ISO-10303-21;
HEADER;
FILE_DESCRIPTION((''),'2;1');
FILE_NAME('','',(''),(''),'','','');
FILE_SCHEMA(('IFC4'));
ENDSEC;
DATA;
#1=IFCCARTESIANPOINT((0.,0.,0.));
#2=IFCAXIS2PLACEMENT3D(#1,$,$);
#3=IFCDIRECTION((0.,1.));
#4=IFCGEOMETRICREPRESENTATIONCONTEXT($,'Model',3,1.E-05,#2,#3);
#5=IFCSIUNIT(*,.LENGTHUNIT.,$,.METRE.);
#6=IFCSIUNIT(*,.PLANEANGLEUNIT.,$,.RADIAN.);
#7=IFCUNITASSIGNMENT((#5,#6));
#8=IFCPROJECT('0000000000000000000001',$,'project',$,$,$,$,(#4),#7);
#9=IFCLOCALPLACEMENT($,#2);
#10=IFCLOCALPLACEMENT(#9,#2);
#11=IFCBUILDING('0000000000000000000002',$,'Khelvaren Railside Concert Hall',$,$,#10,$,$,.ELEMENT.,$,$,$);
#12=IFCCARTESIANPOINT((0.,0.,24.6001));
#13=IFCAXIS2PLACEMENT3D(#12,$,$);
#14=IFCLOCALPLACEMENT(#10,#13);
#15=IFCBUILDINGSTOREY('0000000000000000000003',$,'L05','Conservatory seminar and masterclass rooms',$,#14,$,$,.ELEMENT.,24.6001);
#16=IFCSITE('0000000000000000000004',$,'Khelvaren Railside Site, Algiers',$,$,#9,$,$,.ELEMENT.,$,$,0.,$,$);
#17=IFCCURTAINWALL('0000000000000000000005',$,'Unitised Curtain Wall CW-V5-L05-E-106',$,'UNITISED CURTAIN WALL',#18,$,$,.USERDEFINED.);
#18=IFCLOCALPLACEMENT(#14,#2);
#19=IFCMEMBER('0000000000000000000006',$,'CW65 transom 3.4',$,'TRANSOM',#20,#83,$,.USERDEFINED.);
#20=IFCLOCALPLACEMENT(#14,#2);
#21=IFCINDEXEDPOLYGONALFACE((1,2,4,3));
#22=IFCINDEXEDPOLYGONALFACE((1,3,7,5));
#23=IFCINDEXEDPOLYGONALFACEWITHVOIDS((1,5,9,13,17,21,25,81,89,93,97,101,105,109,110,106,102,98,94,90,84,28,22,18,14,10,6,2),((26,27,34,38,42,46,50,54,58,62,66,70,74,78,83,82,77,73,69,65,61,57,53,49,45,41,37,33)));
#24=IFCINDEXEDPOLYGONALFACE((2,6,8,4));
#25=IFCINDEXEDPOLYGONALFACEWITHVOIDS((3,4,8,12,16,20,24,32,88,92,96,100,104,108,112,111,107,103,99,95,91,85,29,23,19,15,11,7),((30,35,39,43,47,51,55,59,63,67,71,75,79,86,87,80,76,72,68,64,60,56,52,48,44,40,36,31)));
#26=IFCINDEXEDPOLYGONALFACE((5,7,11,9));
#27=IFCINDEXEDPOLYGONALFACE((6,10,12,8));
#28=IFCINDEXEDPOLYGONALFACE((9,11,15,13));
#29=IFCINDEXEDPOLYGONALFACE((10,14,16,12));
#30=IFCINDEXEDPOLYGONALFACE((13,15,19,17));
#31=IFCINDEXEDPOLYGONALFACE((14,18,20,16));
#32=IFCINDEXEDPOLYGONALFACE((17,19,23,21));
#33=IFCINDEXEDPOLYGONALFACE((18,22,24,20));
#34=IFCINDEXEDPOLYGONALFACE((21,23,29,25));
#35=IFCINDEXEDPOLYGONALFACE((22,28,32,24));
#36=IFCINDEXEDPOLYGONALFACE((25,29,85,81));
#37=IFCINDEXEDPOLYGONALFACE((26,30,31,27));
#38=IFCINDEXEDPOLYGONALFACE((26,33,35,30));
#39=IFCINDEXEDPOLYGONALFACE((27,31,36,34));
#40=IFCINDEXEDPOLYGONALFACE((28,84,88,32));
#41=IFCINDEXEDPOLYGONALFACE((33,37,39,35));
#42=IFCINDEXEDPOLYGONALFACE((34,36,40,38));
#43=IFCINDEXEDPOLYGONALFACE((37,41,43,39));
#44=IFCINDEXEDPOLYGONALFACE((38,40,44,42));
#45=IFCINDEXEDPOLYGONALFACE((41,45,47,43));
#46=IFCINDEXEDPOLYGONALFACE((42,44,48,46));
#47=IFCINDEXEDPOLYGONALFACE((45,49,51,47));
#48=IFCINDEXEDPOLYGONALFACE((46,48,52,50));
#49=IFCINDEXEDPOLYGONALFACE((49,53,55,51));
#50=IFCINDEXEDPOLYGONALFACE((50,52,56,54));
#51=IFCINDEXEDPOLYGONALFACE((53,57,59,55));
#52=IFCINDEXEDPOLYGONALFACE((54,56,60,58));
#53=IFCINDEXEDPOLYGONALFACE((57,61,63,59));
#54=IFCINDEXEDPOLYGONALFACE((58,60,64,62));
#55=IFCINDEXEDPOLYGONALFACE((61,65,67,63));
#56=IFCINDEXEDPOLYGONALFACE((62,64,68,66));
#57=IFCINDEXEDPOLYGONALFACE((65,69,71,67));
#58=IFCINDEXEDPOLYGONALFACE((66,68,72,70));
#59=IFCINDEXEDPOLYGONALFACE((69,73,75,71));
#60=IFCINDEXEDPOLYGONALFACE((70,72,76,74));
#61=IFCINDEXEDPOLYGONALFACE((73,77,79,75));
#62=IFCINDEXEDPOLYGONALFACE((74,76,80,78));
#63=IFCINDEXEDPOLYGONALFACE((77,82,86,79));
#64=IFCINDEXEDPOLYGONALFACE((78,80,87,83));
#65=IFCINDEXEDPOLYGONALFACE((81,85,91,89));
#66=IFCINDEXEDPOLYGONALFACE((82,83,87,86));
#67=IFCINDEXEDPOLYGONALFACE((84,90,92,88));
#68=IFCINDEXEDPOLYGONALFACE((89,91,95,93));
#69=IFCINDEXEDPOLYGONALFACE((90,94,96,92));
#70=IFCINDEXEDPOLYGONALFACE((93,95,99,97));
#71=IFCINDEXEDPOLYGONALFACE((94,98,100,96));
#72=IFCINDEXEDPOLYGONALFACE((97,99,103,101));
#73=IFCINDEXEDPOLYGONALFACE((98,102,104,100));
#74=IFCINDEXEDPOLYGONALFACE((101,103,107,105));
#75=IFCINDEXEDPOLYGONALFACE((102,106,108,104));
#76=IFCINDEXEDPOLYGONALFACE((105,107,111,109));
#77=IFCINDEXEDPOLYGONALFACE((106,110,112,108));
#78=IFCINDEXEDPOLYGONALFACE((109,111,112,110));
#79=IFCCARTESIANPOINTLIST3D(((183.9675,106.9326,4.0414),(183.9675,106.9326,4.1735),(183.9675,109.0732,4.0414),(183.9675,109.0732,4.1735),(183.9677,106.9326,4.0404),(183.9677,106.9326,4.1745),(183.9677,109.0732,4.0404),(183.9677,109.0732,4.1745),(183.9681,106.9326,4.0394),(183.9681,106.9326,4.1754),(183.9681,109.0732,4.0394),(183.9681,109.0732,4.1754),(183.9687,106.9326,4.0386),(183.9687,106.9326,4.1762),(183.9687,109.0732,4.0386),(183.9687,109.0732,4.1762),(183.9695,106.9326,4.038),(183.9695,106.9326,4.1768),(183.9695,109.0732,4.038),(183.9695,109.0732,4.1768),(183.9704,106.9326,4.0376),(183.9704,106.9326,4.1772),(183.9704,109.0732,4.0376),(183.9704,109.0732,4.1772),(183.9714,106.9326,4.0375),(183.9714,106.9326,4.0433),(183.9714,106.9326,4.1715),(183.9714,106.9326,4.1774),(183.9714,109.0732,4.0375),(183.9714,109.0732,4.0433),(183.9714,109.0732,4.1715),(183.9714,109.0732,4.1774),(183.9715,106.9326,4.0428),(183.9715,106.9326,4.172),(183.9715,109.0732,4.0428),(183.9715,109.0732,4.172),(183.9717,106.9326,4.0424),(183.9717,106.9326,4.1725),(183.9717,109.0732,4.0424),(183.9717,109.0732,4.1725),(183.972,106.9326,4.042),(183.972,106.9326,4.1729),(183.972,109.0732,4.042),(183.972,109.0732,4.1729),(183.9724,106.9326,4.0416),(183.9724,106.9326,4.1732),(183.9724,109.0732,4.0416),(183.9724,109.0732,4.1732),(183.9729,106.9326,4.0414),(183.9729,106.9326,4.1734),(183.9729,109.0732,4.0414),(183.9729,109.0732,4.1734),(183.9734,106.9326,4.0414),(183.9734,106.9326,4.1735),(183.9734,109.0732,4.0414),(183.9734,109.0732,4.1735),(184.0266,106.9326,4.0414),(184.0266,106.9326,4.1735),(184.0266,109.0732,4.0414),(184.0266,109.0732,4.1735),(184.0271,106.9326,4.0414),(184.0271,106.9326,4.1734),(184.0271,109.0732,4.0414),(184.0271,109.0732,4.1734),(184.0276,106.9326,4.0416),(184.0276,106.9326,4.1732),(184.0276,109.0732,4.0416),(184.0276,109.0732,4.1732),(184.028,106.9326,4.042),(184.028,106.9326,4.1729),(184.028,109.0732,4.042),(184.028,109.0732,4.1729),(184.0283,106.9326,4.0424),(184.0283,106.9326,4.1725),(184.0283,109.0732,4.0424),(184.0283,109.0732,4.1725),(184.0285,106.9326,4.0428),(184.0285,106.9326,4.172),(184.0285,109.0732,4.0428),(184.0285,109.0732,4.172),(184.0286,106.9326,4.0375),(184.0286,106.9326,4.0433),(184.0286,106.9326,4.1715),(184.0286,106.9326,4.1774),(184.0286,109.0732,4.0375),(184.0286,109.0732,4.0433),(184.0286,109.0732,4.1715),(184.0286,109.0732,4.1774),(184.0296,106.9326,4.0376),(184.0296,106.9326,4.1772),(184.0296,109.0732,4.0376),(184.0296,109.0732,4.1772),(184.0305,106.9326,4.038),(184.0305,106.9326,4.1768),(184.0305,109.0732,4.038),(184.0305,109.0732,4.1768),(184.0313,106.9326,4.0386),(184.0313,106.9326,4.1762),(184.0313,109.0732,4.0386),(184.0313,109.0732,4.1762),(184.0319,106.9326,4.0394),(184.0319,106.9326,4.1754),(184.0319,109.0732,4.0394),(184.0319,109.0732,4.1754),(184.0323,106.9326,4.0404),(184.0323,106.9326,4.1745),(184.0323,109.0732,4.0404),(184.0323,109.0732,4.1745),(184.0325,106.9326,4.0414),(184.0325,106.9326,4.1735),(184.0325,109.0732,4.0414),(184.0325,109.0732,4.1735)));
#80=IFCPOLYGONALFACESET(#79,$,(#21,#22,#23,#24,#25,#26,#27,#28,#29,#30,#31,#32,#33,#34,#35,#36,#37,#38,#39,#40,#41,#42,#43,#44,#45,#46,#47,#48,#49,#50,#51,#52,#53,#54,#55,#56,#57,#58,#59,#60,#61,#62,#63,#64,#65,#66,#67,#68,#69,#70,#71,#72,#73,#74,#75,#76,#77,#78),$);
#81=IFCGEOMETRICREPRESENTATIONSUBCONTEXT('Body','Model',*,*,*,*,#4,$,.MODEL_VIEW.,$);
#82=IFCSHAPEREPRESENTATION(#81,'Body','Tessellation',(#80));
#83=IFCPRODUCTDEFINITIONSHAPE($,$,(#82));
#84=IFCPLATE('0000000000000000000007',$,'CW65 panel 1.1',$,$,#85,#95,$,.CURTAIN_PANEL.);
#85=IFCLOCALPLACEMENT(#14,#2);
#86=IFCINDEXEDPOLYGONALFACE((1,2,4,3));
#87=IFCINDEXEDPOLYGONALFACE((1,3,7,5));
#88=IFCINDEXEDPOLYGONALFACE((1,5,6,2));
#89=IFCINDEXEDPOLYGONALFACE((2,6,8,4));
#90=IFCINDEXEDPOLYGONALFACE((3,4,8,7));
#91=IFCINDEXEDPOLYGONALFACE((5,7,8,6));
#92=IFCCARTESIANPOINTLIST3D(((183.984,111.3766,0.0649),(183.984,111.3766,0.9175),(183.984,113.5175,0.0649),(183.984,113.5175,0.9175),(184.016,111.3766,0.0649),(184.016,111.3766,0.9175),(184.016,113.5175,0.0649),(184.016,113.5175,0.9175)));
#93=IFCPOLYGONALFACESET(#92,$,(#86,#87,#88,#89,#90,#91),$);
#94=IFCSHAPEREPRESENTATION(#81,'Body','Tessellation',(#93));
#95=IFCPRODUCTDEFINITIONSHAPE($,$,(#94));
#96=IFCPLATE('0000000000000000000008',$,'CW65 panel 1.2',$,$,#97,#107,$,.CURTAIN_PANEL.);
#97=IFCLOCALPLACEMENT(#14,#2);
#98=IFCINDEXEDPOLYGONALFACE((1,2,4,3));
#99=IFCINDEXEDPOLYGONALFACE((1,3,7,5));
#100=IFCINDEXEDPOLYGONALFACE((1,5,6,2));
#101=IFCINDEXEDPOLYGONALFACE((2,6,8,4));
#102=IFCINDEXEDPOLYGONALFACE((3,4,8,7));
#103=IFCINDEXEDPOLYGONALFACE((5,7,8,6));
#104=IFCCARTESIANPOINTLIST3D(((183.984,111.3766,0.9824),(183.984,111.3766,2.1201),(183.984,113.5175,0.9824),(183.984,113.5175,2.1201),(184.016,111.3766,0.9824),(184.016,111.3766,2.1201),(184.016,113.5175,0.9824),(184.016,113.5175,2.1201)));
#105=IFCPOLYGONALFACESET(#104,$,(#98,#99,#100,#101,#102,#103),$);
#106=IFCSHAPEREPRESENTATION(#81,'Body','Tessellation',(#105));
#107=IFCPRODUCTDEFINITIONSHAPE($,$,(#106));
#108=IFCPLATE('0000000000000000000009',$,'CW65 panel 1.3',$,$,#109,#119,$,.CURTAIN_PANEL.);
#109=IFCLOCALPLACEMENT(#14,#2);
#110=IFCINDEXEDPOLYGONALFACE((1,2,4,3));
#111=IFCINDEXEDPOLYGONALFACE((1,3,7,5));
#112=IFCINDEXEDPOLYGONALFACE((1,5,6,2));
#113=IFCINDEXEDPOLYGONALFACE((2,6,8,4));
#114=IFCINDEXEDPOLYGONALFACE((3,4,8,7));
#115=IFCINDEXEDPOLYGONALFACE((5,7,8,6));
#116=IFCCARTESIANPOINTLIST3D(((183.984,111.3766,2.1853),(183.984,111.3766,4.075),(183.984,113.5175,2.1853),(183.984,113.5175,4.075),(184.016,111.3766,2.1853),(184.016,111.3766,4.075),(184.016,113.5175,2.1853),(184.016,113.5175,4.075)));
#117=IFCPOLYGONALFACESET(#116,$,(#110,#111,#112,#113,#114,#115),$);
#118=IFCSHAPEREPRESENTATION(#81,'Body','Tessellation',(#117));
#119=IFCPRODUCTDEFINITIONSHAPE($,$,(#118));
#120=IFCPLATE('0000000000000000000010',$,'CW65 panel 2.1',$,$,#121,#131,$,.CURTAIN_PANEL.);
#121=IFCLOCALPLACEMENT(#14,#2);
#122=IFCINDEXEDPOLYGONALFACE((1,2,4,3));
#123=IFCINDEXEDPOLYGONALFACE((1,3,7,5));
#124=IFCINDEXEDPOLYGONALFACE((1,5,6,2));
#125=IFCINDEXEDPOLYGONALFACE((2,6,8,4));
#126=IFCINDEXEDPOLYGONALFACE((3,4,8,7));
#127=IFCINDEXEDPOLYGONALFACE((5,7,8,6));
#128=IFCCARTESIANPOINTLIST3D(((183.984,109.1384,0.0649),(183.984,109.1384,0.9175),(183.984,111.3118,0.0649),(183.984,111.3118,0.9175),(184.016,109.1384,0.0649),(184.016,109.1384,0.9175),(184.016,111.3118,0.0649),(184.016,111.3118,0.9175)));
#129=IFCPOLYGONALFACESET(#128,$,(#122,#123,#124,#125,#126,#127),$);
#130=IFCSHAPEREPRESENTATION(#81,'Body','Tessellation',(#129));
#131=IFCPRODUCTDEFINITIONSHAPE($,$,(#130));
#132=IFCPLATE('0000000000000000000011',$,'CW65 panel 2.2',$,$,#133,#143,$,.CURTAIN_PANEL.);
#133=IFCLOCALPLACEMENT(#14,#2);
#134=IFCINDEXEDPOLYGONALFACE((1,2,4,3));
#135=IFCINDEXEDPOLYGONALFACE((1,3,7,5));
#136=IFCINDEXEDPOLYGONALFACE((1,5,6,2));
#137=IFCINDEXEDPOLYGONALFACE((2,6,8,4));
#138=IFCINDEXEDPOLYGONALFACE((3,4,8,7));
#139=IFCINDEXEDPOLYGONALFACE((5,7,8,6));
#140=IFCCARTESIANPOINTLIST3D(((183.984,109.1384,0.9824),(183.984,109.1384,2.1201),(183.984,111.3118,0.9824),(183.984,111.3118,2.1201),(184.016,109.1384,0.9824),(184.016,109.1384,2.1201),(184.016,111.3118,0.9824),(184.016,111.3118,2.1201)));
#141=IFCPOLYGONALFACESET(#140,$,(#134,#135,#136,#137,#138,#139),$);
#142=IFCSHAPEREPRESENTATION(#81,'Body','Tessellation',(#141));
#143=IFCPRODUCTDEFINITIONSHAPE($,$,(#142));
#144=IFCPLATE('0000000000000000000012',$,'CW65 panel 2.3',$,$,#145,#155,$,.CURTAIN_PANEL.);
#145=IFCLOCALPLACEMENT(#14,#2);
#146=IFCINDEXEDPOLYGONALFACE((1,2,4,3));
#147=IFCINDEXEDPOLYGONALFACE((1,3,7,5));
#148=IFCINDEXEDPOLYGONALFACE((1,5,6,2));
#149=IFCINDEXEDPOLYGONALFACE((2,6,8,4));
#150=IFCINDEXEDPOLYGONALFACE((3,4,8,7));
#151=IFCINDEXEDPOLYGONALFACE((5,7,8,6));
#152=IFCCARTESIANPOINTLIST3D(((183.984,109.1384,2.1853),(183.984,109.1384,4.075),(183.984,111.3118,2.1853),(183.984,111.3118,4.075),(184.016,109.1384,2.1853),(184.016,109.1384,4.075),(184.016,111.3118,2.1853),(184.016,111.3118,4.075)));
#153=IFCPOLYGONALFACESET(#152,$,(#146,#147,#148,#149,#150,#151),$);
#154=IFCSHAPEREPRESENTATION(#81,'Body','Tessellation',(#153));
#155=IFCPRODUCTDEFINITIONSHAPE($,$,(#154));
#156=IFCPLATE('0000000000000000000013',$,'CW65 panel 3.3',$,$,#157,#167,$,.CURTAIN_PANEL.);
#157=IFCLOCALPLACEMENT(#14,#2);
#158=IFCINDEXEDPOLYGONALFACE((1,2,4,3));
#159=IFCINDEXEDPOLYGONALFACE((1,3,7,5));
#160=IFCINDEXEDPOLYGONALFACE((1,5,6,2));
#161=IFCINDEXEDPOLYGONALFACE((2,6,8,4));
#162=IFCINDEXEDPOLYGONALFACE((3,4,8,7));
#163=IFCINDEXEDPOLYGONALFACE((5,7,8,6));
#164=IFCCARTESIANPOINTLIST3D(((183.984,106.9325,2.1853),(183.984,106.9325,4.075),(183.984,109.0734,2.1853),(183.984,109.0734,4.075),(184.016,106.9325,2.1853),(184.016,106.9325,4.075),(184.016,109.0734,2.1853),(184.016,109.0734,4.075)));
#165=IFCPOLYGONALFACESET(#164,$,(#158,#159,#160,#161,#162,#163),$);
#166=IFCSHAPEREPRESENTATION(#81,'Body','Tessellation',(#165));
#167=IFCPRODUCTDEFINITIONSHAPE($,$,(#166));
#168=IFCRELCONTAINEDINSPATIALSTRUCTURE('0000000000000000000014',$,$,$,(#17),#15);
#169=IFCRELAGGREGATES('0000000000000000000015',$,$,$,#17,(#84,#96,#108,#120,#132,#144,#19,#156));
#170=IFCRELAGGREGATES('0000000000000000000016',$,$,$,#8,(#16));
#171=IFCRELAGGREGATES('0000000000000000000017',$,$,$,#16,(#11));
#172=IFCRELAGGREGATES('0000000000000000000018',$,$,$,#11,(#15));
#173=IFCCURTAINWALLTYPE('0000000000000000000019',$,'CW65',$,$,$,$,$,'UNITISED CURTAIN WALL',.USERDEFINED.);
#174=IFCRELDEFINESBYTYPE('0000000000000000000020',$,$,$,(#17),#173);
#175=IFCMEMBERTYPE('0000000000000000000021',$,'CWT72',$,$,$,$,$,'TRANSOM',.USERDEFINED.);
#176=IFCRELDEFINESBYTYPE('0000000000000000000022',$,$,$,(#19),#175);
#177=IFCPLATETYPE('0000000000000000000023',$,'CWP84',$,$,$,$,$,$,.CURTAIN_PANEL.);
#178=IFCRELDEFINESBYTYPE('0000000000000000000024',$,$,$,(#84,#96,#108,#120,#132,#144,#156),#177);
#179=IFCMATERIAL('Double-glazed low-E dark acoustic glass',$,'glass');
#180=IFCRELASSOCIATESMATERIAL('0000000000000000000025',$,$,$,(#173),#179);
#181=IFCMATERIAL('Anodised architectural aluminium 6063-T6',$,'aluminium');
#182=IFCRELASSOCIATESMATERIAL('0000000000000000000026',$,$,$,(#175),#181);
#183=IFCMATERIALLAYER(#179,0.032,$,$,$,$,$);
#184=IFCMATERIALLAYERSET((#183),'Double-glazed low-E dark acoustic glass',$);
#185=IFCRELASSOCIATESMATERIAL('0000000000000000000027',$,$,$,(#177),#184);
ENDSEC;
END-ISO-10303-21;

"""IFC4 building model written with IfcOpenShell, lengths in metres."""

from ifc_helpers import new_model, si_unit, direction, frame, origin, origin_2d, place, context, subcontext, project, spatial, rectangle, hollow_rectangle, extrude, material, layer, layer_set, material_profile, profile_set, type_object, element, aggregate, save


model = new_model("IFC4")

# Units and contexts
model_context = context("Model", 3, precision=1e-05, world=origin(), true_north=direction((0.0, 1.0)))
body_context = subcontext(model_context, "Body", "Model", "MODEL_VIEW")
ifc_project = project(units=[si_unit("LENGTHUNIT", "METRE"), si_unit("PLANEANGLEUNIT", "RADIAN")], contexts=[model_context])

# Site, building, storey
site_placement = place(None, origin())
site = spatial("IfcSite", under=ifc_project, at=site_placement, Name="Khelvaren Railside Site, Algiers", CompositionType="ELEMENT", RefElevation=0.0)
building_placement = place(site_placement, origin())
building = spatial("IfcBuilding", under=site, at=building_placement, Name="Khelvaren Railside Concert Hall", CompositionType="ELEMENT")
storey_placement = place(building_placement, frame((0.0, 0.0, 24.6001)))
storey = spatial("IfcBuildingStorey", under=building, at=storey_placement, Name="L05", Description="Conservatory seminar and masterclass rooms", CompositionType="ELEMENT", Elevation=24.6001)

# Curtain wall, member, plates
ifc_material_1 = material(Name="Double-glazed low-E dark acoustic glass", Category="glass")
curtain_wall_type = type_object("IfcCurtainWallType", Name="CW65", ElementType="UNITISED CURTAIN WALL", PredefinedType="USERDEFINED", material=ifc_material_1)
curtain_wall_placement = place(storey_placement, origin())
curtain_wall = element("IfcCurtainWall", 1, at=curtain_wall_placement, inside=storey, type_object=curtain_wall_type, Name="Unitised Curtain Wall CW-V5-L05-E-106", ObjectType="UNITISED CURTAIN WALL", PredefinedType="USERDEFINED")
ifc_material_2 = material(Name="Anodised architectural aluminium 6063-T6", Category="aluminium")
ifc_material_profile_1 = material_profile(ifc_material_2, hollow_rectangle(XDim=0.0649, YDim=0.1399, WallThickness=0.0039, InnerFilletRadius=0.002, OuterFilletRadius=0.0039, at=origin_2d()), Name="CWT 65x140x4")
ifc_profile_set_1 = profile_set([ifc_material_profile_1], Name="Anodised architectural aluminium 6063-T6")
member_type_1 = type_object("IfcMemberType", Name="CWT72", ElementType="TRANSOM", PredefinedType="USERDEFINED", material=ifc_profile_set_1)
member_1_placement = place(storey_placement, frame((184.0, 109.0732, 4.1074), z_axis=(0.0, -1.0, 0.0), x_axis=(1.0, 0.0, 0.0)))
member_1 = element("IfcMember", 2, at=member_1_placement, type_object=member_type_1, Name="CW65 transom 3.4", ObjectType="TRANSOM", PredefinedType="USERDEFINED", context=body_context, shape_type="SweptSolid", body=[
    extrude(hollow_rectangle(XDim=0.0649, YDim=0.1399, WallThickness=0.0039, InnerFilletRadius=0.002, OuterFilletRadius=0.0039, at=origin_2d()), origin(), (0.0, 0.0, 1.0), 2.1406),
])
ifc_layer = layer(ifc_material_1, 0.032)
ifc_layer_set = layer_set([ifc_layer], Name="Double-glazed low-E dark acoustic glass")
plate_type = type_object("IfcPlateType", Name="CWP84", PredefinedType="CURTAIN_PANEL", material=ifc_layer_set)
plate_1_placement = place(storey_placement, frame((184.0, 112.447, 0.0649), z_axis=(0.0, 0.0, 1.0), x_axis=(0.0, -1.0, 0.0)))
plate_1 = element("IfcPlate", 3, at=plate_1_placement, type_object=plate_type, Name="CW65 panel 1.1", PredefinedType="CURTAIN_PANEL", context=body_context, shape_type="SweptSolid", body=[
    extrude(rectangle(XDim=2.1409, YDim=0.032, at=origin_2d()), origin(), (0.0, 0.0, 1.0), 0.8525),
])
plate_2_placement = place(storey_placement, frame((184.0, 112.447, 0.9824), z_axis=(0.0, 0.0, 1.0), x_axis=(0.0, -1.0, 0.0)))
plate_2 = element("IfcPlate", 4, at=plate_2_placement, type_object=plate_type, Name="CW65 panel 1.2", PredefinedType="CURTAIN_PANEL", context=body_context, shape_type="SweptSolid", body=[
    extrude(rectangle(XDim=2.1409, YDim=0.032, at=origin_2d()), origin(), (0.0, 0.0, 1.0), 1.1377),
])
plate_3_placement = place(storey_placement, frame((184.0, 112.447, 2.1853), z_axis=(0.0, 0.0, 1.0), x_axis=(0.0, -1.0, 0.0)))
plate_3 = element("IfcPlate", 5, at=plate_3_placement, type_object=plate_type, Name="CW65 panel 1.3", PredefinedType="CURTAIN_PANEL", context=body_context, shape_type="SweptSolid", body=[
    extrude(rectangle(XDim=2.1409, YDim=0.032, at=origin_2d()), origin(), (0.0, 0.0, 1.0), 1.8896),
])
plate_4_placement = place(storey_placement, frame((184.0, 110.2251, 0.0649), z_axis=(0.0, 0.0, 1.0), x_axis=(0.0, -1.0, 0.0)))
plate_4 = element("IfcPlate", 6, at=plate_4_placement, type_object=plate_type, Name="CW65 panel 2.1", PredefinedType="CURTAIN_PANEL", context=body_context, shape_type="SweptSolid", body=[
    extrude(rectangle(XDim=2.1733, YDim=0.032, at=origin_2d()), origin(), (0.0, 0.0, 1.0), 0.8525),
])
plate_5_placement = place(storey_placement, frame((184.0, 110.2251, 0.9824), z_axis=(0.0, 0.0, 1.0), x_axis=(0.0, -1.0, 0.0)))
plate_5 = element("IfcPlate", 7, at=plate_5_placement, type_object=plate_type, Name="CW65 panel 2.2", PredefinedType="CURTAIN_PANEL", context=body_context, shape_type="SweptSolid", body=[
    extrude(rectangle(XDim=2.1733, YDim=0.032, at=origin_2d()), origin(), (0.0, 0.0, 1.0), 1.1377),
])
plate_6_placement = place(storey_placement, frame((184.0, 110.2251, 2.1853), z_axis=(0.0, 0.0, 1.0), x_axis=(0.0, -1.0, 0.0)))
plate_6 = element("IfcPlate", 8, at=plate_6_placement, type_object=plate_type, Name="CW65 panel 2.3", PredefinedType="CURTAIN_PANEL", context=body_context, shape_type="SweptSolid", body=[
    extrude(rectangle(XDim=2.1733, YDim=0.032, at=origin_2d()), origin(), (0.0, 0.0, 1.0), 1.8896),
])
plate_7_placement = place(storey_placement, frame((184.0, 108.0029, 2.1853), z_axis=(0.0, 0.0, 1.0), x_axis=(0.0, -1.0, 0.0)))
plate_7 = element("IfcPlate", 9, at=plate_7_placement, type_object=plate_type, Name="CW65 panel 3.3", PredefinedType="CURTAIN_PANEL", context=body_context, shape_type="SweptSolid", body=[
    extrude(rectangle(XDim=2.1409, YDim=0.032, at=origin_2d()), origin(), (0.0, 0.0, 1.0), 1.8896),
])
aggregate(curtain_wall, [plate_1, plate_2, plate_3, plate_4, plate_5, plate_6, member_1, plate_7])

save(model, "model.ifc")
